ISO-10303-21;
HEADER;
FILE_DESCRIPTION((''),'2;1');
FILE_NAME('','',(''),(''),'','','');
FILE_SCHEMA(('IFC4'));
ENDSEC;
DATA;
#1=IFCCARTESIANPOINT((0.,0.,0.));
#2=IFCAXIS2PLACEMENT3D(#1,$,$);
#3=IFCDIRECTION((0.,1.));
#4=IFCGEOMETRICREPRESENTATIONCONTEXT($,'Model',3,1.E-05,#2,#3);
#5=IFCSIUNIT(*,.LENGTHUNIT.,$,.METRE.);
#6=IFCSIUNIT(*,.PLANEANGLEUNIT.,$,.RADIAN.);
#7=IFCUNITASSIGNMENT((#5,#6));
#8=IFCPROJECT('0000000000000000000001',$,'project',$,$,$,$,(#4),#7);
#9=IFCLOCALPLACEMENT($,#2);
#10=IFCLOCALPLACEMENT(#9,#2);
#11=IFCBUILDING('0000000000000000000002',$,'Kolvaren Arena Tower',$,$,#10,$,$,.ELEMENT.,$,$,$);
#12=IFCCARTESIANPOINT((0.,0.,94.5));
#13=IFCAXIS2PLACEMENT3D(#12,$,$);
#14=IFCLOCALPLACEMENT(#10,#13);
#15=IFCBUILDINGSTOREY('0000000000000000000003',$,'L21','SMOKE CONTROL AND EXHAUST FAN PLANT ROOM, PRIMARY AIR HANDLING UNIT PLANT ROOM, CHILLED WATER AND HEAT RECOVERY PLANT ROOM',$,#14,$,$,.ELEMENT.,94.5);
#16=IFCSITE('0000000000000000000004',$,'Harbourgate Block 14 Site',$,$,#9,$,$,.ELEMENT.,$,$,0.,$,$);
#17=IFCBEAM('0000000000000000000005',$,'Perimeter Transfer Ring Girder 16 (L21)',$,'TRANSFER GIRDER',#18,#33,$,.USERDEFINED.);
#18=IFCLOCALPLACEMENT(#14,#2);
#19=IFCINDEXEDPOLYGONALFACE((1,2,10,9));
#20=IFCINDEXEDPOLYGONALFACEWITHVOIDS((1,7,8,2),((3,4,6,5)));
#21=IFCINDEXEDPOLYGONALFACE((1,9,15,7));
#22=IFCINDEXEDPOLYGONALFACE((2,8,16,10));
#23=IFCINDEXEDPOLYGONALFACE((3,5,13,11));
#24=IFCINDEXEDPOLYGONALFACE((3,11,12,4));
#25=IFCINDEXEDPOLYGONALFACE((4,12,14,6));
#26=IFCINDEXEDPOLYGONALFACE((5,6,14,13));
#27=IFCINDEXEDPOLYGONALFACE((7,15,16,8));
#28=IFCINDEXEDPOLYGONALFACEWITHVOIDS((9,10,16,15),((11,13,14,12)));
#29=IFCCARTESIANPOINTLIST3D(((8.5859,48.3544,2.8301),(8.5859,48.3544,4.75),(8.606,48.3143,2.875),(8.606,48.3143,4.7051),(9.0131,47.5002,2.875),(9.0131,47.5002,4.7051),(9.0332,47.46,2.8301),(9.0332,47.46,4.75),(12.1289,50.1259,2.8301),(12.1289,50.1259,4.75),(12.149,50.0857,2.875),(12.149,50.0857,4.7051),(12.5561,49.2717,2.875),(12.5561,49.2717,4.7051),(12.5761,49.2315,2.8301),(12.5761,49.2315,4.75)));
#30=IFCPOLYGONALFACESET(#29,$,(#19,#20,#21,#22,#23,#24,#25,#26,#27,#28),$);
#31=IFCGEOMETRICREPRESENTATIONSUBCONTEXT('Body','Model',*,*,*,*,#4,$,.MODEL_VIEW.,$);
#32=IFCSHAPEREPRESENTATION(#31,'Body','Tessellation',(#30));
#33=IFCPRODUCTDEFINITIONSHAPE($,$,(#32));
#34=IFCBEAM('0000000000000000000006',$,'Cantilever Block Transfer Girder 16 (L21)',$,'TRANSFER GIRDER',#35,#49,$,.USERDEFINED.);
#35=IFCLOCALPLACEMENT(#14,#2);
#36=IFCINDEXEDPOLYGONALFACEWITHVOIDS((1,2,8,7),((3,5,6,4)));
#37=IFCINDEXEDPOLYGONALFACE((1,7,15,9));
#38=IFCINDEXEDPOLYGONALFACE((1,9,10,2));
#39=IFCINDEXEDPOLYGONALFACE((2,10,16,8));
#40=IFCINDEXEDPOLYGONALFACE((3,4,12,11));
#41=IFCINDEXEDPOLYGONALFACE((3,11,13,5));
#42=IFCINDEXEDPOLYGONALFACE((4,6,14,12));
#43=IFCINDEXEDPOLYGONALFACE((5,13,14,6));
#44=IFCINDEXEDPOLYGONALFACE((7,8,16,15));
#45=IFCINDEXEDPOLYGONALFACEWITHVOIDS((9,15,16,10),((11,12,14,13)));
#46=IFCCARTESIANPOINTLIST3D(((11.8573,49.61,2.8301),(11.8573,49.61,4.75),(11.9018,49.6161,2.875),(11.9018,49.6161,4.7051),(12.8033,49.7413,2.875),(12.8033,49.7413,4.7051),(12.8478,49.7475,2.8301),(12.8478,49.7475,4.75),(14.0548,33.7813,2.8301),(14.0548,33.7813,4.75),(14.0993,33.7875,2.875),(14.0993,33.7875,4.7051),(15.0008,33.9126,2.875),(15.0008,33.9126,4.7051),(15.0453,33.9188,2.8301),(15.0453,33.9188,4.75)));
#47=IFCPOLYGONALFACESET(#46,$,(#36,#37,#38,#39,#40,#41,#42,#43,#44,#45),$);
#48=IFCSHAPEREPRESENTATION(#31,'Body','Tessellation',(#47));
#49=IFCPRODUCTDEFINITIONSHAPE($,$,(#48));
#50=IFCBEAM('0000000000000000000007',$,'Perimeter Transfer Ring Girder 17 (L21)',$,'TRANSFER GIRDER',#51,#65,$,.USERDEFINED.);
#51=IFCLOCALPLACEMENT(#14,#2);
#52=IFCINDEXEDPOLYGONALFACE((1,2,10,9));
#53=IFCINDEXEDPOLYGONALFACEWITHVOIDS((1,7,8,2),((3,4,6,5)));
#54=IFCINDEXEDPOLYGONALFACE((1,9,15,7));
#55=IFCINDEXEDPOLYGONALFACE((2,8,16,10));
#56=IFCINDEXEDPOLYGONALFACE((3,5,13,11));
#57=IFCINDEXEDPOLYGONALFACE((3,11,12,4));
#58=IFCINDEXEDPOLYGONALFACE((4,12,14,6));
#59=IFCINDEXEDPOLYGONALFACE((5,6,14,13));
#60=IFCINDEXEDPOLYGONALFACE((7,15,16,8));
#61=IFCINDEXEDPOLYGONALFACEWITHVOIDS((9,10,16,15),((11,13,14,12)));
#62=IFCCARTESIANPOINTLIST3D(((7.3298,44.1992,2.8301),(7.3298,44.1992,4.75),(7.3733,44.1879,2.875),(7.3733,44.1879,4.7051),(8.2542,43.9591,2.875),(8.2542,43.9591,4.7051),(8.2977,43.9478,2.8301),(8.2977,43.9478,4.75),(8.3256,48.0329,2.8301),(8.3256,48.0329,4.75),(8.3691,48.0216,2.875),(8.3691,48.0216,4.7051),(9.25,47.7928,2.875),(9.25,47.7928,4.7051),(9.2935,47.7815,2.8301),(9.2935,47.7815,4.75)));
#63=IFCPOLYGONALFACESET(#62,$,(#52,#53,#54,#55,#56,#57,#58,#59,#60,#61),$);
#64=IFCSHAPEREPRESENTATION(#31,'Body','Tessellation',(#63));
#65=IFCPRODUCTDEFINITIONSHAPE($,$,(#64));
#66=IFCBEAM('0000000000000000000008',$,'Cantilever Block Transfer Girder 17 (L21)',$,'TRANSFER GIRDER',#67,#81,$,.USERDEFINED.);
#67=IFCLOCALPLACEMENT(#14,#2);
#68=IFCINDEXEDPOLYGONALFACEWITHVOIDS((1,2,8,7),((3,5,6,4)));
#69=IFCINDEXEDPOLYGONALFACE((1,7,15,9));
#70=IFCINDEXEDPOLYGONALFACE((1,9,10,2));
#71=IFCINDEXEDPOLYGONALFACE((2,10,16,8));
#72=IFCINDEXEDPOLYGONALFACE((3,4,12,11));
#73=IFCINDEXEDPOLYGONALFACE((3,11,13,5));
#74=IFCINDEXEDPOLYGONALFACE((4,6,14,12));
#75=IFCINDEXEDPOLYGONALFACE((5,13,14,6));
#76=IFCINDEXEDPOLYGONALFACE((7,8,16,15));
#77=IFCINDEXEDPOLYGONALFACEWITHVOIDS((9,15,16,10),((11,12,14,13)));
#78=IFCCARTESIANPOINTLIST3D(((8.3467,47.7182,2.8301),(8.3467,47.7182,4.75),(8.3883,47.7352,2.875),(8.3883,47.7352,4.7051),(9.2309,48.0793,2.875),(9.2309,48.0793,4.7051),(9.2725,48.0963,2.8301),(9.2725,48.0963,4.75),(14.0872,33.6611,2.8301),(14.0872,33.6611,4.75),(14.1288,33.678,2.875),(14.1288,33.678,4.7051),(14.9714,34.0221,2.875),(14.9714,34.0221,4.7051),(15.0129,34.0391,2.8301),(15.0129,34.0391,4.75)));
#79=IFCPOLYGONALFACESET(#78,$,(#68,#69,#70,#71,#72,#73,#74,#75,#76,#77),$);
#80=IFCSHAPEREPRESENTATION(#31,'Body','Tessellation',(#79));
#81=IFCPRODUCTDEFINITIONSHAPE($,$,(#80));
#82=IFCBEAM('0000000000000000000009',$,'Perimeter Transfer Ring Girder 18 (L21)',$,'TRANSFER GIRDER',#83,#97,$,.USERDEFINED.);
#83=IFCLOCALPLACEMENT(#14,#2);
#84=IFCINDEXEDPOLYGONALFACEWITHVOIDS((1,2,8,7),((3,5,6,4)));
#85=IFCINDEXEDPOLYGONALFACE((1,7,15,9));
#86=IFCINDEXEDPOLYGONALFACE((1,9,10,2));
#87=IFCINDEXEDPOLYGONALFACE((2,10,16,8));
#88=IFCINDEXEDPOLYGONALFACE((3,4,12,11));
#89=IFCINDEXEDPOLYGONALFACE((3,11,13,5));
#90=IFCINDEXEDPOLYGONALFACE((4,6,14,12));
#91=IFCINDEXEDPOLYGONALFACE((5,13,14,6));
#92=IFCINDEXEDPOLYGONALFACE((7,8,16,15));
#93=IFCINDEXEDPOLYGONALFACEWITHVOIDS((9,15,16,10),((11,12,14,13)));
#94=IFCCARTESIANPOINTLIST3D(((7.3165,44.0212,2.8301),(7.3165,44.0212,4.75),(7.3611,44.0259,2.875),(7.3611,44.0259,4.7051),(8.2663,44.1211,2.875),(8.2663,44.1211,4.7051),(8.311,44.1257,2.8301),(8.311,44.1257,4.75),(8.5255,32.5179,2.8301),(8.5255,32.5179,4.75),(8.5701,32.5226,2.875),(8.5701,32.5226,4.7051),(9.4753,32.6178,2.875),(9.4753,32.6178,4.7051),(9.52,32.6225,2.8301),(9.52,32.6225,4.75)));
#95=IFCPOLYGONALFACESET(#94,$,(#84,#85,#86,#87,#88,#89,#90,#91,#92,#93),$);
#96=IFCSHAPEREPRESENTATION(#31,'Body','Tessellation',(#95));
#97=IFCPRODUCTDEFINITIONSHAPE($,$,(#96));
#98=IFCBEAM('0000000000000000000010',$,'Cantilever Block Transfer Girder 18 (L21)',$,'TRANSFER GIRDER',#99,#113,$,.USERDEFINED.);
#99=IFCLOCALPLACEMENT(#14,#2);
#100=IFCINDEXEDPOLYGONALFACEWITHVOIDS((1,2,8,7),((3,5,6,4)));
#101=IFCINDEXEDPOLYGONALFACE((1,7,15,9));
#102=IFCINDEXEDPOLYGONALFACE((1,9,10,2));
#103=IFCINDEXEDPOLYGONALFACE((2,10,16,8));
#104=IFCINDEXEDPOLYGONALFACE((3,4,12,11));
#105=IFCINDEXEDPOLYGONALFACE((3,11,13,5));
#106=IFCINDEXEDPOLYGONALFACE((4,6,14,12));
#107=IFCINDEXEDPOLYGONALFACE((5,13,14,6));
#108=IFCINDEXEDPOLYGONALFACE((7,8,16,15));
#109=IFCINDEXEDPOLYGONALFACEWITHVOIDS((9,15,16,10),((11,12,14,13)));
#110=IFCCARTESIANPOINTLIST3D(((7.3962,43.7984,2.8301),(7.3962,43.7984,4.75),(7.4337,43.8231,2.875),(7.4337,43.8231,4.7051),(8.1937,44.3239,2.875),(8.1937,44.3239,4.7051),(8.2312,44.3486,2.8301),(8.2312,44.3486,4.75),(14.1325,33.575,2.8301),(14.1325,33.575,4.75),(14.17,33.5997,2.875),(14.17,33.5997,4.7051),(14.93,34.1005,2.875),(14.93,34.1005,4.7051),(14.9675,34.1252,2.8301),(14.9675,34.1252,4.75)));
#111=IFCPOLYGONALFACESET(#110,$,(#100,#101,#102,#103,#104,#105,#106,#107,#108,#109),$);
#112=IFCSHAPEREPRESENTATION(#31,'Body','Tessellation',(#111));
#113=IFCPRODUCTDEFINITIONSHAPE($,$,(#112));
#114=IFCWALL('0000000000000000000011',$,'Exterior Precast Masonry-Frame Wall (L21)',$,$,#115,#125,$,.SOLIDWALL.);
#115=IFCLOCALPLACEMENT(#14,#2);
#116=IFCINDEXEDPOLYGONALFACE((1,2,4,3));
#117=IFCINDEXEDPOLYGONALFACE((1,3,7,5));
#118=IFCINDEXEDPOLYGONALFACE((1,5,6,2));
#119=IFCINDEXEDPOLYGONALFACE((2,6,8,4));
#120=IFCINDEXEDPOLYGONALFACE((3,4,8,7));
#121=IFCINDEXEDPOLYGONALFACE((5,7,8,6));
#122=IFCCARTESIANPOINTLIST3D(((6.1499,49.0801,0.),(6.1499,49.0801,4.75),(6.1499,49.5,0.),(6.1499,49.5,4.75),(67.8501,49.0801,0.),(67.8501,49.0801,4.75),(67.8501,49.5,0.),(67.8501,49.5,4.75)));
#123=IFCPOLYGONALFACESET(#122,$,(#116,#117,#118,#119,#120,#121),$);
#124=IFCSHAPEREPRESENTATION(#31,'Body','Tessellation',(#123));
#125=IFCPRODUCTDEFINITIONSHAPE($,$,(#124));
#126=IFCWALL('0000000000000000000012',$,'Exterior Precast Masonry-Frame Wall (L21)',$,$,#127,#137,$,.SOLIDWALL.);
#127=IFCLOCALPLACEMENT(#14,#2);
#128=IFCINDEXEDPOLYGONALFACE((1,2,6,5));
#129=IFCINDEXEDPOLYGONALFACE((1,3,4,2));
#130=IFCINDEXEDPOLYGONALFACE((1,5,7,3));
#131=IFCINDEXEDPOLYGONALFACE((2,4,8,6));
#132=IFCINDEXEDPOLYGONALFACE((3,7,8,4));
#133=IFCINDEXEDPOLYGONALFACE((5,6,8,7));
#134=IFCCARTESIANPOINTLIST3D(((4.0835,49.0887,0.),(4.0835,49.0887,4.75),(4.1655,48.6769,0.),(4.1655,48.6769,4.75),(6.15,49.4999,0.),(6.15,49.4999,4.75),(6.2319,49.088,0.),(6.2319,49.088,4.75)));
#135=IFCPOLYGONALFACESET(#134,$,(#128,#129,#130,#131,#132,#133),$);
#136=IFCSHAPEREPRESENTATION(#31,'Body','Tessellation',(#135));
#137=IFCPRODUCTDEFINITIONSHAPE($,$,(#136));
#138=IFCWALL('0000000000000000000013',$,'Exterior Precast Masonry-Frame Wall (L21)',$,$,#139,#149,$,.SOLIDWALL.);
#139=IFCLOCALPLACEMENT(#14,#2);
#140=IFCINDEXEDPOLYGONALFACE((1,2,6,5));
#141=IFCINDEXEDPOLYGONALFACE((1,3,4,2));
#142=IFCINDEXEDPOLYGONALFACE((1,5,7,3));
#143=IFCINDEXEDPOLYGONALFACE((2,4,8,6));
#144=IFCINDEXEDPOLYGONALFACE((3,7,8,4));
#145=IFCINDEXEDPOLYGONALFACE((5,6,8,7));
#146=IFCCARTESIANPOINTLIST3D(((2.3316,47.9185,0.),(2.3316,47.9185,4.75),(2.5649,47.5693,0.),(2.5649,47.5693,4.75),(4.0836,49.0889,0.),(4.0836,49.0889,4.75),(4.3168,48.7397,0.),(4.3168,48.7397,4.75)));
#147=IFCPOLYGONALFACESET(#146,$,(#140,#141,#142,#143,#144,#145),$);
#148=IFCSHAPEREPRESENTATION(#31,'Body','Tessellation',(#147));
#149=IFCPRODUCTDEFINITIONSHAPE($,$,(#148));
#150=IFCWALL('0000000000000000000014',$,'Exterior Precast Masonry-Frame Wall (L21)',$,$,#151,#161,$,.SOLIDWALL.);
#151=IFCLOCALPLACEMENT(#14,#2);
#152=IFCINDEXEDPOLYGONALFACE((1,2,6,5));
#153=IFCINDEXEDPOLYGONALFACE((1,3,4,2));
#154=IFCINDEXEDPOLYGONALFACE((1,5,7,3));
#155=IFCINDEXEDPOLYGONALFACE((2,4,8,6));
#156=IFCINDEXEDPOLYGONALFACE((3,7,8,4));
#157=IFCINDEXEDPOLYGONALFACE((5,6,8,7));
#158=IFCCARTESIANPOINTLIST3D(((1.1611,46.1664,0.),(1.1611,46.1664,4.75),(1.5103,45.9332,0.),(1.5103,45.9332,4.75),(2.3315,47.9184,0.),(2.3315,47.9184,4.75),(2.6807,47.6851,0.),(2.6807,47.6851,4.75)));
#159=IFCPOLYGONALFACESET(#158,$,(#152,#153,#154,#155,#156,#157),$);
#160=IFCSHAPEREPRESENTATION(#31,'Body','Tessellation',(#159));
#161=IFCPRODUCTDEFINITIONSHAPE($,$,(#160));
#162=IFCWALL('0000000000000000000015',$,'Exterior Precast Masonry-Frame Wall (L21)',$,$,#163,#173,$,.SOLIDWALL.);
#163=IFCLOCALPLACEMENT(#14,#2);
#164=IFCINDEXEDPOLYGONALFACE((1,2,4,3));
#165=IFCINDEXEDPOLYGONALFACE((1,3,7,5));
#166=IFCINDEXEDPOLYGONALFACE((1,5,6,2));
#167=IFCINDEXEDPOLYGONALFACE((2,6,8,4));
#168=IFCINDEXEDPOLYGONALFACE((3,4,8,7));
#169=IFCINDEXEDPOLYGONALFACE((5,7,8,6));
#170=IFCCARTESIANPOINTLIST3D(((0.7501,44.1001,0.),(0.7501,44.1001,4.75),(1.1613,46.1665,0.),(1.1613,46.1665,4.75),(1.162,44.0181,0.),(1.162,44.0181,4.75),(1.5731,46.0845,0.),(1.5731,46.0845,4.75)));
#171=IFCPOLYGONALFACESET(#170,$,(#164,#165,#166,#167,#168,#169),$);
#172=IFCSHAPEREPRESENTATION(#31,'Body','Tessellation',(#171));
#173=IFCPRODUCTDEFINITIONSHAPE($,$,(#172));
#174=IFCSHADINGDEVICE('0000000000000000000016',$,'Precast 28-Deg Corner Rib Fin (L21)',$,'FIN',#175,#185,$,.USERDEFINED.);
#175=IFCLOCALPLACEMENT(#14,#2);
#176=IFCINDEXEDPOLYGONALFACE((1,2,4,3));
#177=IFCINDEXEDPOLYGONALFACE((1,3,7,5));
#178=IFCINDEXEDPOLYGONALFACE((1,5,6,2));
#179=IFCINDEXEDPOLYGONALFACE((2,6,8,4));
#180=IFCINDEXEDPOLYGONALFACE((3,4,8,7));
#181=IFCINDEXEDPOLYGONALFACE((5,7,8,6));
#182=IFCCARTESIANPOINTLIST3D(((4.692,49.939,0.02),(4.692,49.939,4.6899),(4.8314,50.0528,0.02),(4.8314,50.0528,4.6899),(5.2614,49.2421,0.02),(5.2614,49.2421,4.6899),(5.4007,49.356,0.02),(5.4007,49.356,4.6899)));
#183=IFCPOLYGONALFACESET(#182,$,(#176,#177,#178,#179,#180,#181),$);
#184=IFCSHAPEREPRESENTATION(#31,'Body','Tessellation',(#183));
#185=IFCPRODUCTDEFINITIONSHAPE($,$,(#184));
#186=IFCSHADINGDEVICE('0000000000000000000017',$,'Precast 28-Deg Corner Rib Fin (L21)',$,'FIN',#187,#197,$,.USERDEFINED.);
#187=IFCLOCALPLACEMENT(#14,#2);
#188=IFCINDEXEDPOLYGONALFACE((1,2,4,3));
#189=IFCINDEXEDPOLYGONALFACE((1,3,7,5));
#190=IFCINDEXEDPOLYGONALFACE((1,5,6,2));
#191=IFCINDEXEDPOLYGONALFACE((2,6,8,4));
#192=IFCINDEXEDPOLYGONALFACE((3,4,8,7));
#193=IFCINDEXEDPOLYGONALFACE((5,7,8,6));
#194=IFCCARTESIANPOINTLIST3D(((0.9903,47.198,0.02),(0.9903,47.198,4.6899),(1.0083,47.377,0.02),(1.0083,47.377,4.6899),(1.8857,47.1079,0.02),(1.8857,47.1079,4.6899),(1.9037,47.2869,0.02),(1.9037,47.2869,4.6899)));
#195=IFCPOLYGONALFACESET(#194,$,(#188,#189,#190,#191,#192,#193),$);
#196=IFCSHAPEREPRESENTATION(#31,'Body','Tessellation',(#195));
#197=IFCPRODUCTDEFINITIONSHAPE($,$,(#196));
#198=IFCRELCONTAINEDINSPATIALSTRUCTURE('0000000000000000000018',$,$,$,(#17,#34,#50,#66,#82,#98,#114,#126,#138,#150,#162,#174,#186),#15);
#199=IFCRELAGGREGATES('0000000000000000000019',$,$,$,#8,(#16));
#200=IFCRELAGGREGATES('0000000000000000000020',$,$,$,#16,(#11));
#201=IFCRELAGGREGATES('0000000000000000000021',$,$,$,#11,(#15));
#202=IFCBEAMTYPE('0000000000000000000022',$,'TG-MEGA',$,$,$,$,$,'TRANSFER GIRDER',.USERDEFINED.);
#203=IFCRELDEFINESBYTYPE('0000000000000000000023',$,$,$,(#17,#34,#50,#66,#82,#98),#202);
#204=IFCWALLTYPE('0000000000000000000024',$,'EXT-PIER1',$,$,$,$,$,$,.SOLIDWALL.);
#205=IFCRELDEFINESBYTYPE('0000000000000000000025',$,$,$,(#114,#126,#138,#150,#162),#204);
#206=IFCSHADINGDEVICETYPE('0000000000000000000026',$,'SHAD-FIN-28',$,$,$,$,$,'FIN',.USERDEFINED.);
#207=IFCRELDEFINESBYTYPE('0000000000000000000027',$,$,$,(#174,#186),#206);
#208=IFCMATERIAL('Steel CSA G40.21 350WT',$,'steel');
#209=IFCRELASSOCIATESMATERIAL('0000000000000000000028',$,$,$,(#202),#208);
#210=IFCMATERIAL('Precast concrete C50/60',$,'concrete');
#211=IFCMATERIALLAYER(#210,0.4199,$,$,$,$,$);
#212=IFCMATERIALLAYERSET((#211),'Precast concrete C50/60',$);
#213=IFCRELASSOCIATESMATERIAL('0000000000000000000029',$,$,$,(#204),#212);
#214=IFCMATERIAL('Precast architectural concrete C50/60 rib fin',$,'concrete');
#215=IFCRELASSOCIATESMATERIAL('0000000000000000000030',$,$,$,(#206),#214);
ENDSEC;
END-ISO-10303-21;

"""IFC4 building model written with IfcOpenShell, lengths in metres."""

from ifc_helpers import new_model, si_unit, direction, frame, frame_2d, origin, origin_2d, place, context, subcontext, project, spatial, rectangle, hollow_rectangle, extrude, material, layer, layer_set, material_profile, profile_set, type_object, element, save


model = new_model("IFC4")

# Units and contexts
model_context = context("Model", 3, precision=1e-05, world=origin(), true_north=direction((0.0, 1.0)))
body_context = subcontext(model_context, "Body", "Model", "MODEL_VIEW")
ifc_project = project(units=[si_unit("LENGTHUNIT", "METRE"), si_unit("PLANEANGLEUNIT", "RADIAN")], contexts=[model_context])

# Site, building, storey
site_placement = place(None, origin())
site = spatial("IfcSite", under=ifc_project, at=site_placement, Name="Harbourgate Block 14 Site", CompositionType="ELEMENT", RefElevation=0.0)
building_placement = place(site_placement, origin())
building = spatial("IfcBuilding", under=site, at=building_placement, Name="Kolvaren Arena Tower", CompositionType="ELEMENT")
storey_placement = place(building_placement, frame((0.0, 0.0, 94.5)))
storey = spatial("IfcBuildingStorey", under=building, at=storey_placement, Name="L21", Description="SMOKE CONTROL AND EXHAUST FAN PLANT ROOM, PRIMARY AIR HANDLING UNIT PLANT ROOM, CHILLED WATER AND HEAT RECOVERY PLANT ROOM", CompositionType="ELEMENT", Elevation=94.5)

# Shared definitions
ifc_material_1 = material(Name="Steel CSA G40.21 350WT", Category="steel")

# Beams
ifc_material_profile_1 = material_profile(ifc_material_1, hollow_rectangle(XDim=1.0, YDim=1.9199, WallThickness=0.0449, at=origin_2d()), Name="BOX 1000x1920x45")
ifc_profile_set_1 = profile_set([ifc_material_profile_1], Name="Steel CSA G40.21 350WT")
beam_type_1 = type_object("IfcBeamType", Name="TG-MEGA", ElementType="TRANSFER GIRDER", PredefinedType="USERDEFINED", material=ifc_profile_set_1)
beam_1_placement = place(storey_placement, frame((12.3525, 49.6787, 3.79), z_axis=(-0.894427, -0.447214, 0.0), x_axis=(0.447214, -0.894427, 0.0)))
element("IfcBeam", 1, at=beam_1_placement, inside=storey, type_object=beam_type_1, Name="Perimeter Transfer Ring Girder 16 (L21)", ObjectType="TRANSFER GIRDER", PredefinedType="USERDEFINED", context=body_context, shape_type="SweptSolid", body=[
    extrude(hollow_rectangle(XDim=1.0, YDim=1.9199, WallThickness=0.0449, at=origin_2d()), origin(), (0.0, 0.0, 1.0), 3.9612),
])
beam_2_placement = place(storey_placement, frame((12.3525, 49.6787, 3.79), z_axis=(0.137513, -0.9905, 0.0), x_axis=(0.9905, 0.137513, 0.0)))
element("IfcBeam", 2, at=beam_2_placement, inside=storey, type_object=beam_type_1, Name="Cantilever Block Transfer Girder 16 (L21)", ObjectType="TRANSFER GIRDER", PredefinedType="USERDEFINED", context=body_context, shape_type="SweptSolid", body=[
    extrude(hollow_rectangle(XDim=1.0, YDim=1.9199, WallThickness=0.0449, at=origin_2d()), origin(), (0.0, 0.0, 1.0), 15.9805),
])
beam_3_placement = place(storey_placement, frame((8.8096, 47.9072, 3.79), z_axis=(-0.251416, -0.967879, 0.0), x_axis=(0.967879, -0.251416, 0.0)))
element("IfcBeam", 3, at=beam_3_placement, inside=storey, type_object=beam_type_1, Name="Perimeter Transfer Ring Girder 17 (L21)", ObjectType="TRANSFER GIRDER", PredefinedType="USERDEFINED", context=body_context, shape_type="SweptSolid", body=[
    extrude(hollow_rectangle(XDim=1.0, YDim=1.9199, WallThickness=0.0449, at=origin_2d()), origin(), (0.0, 0.0, 1.0), 3.9609),
])
beam_4_placement = place(storey_placement, frame((8.8096, 47.9072, 3.79), z_axis=(0.378059, -0.925781, 0.0), x_axis=(0.925781, 0.378059, 0.0)))
element("IfcBeam", 4, at=beam_4_placement, inside=storey, type_object=beam_type_1, Name="Cantilever Block Transfer Girder 17 (L21)", ObjectType="TRANSFER GIRDER", PredefinedType="USERDEFINED", context=body_context, shape_type="SweptSolid", body=[
    extrude(hollow_rectangle(XDim=1.0, YDim=1.9199, WallThickness=0.0449, at=origin_2d()), origin(), (0.0, 0.0, 1.0), 15.1841),
])
beam_5_placement = place(storey_placement, frame((7.8137, 44.0735, 3.79), z_axis=(0.104524, -0.994522, 0.0), x_axis=(0.994522, 0.104524, 0.0)))
element("IfcBeam", 5, at=beam_5_placement, inside=storey, type_object=beam_type_1, Name="Perimeter Transfer Ring Girder 18 (L21)", ObjectType="TRANSFER GIRDER", PredefinedType="USERDEFINED", context=body_context, shape_type="SweptSolid", body=[
    extrude(hollow_rectangle(XDim=1.0, YDim=1.9199, WallThickness=0.0449, at=origin_2d()), origin(), (0.0, 0.0, 1.0), 11.5667),
])
beam_6_placement = place(storey_placement, frame((7.8137, 44.0735, 3.79), z_axis=(0.55021, -0.835026, 0.0), x_axis=(0.835026, 0.55021, 0.0)))
element("IfcBeam", 6, at=beam_6_placement, inside=storey, type_object=beam_type_1, Name="Cantilever Block Transfer Girder 18 (L21)", ObjectType="TRANSFER GIRDER", PredefinedType="USERDEFINED", context=body_context, shape_type="SweptSolid", body=[
    extrude(hollow_rectangle(XDim=1.0, YDim=1.9199, WallThickness=0.0449, at=origin_2d()), origin(), (0.0, 0.0, 1.0), 12.2432),
])

# Walls
ifc_material_2 = material(Name="Precast concrete C50/60", Category="concrete")
ifc_layer = layer(ifc_material_2, 0.4199)
ifc_layer_set = layer_set([ifc_layer], Name="Precast concrete C50/60")
wall_type = type_object("IfcWallType", Name="EXT-PIER1", PredefinedType="SOLIDWALL", material=ifc_layer_set)
wall_placement = place(storey_placement, frame((6.1499, 49.29, 0.0), z_axis=(0.0, 0.0, 1.0), x_axis=(1.0, 0.0, 0.0)))
element("IfcWall", 7, at=wall_placement, inside=storey, type_object=wall_type, Name="Exterior Precast Masonry-Frame Wall (L21)", PredefinedType="SOLIDWALL", context=body_context, shape_type="SweptSolid", body=[
    extrude(rectangle(XDim=61.7002, YDim=0.4199, at=frame_2d((30.8501, 0.0))), origin(), (0.0, 0.0, 1.0), 4.75),
])
for number, where, z_axis, x_axis, name in (
    (8, (4.1245, 48.8828, 0.0), (0.0, 0.0, 1.0), (0.980776, 0.195136, 0.0), "Exterior Precast Masonry-Frame Wall (L21)"),
    (9, (2.4482, 47.7439, 0.0), (0.0, 0.0, 1.0), (0.831515, 0.555502, 0.0), "Exterior Precast Masonry-Frame Wall (L21)"),
    (10, (1.3357, 46.0498, 0.0), (0.0, 0.0, 1.0), (0.555502, 0.831515, 0.0), "Exterior Precast Masonry-Frame Wall (L21)"),
    (11, (0.9561, 44.0591, 0.0), (0.0, 0.0, 1.0), (0.195136, 0.980776, 0.0), "Exterior Precast Masonry-Frame Wall (L21)"),
):
    element("IfcWall", number, at=place(storey_placement, frame(where, z_axis=z_axis, x_axis=x_axis)), inside=storey, type_object=wall_type, Name=name, PredefinedType="SOLIDWALL", context=body_context, shape_type="SweptSolid", body=[
        extrude(rectangle(XDim=2.1069, YDim=0.4199, at=frame_2d((1.0535, 0.0))), origin(), (0.0, 0.0, 1.0), 4.75),
    ])

# Shading devices
ifc_material_3 = material(Name="Precast architectural concrete C50/60 rib fin", Category="concrete")
shading_device_type = type_object("IfcShadingDeviceType", Name="SHAD-FIN-28", ElementType="FIN", PredefinedType="USERDEFINED", material=ifc_material_3)
for number, where, z_axis, x_axis, name in (
    (12, (5.0464, 49.6475, 0.02), (0.0, 0.0, 1.0), (-0.632723, 0.774378, 0.0), "Precast 28-Deg Corner Rib Fin (L21)"),
    (13, (1.447, 47.2424, 0.02), (0.0, 0.0, 1.0), (-0.994972, 0.100155, 0.0), "Precast 28-Deg Corner Rib Fin (L21)"),
):
    element("IfcShadingDevice", number, at=place(storey_placement, frame(where, z_axis=z_axis, x_axis=x_axis)), inside=storey, type_object=shading_device_type, Name=name, ObjectType="FIN", PredefinedType="USERDEFINED", context=body_context, shape_type="SweptSolid", body=[
        extrude(rectangle(XDim=0.8999, YDim=0.1799, at=origin_2d()), origin(), (0.0, 0.0, 1.0), 4.6699),
    ])

save(model, "model.ifc")
